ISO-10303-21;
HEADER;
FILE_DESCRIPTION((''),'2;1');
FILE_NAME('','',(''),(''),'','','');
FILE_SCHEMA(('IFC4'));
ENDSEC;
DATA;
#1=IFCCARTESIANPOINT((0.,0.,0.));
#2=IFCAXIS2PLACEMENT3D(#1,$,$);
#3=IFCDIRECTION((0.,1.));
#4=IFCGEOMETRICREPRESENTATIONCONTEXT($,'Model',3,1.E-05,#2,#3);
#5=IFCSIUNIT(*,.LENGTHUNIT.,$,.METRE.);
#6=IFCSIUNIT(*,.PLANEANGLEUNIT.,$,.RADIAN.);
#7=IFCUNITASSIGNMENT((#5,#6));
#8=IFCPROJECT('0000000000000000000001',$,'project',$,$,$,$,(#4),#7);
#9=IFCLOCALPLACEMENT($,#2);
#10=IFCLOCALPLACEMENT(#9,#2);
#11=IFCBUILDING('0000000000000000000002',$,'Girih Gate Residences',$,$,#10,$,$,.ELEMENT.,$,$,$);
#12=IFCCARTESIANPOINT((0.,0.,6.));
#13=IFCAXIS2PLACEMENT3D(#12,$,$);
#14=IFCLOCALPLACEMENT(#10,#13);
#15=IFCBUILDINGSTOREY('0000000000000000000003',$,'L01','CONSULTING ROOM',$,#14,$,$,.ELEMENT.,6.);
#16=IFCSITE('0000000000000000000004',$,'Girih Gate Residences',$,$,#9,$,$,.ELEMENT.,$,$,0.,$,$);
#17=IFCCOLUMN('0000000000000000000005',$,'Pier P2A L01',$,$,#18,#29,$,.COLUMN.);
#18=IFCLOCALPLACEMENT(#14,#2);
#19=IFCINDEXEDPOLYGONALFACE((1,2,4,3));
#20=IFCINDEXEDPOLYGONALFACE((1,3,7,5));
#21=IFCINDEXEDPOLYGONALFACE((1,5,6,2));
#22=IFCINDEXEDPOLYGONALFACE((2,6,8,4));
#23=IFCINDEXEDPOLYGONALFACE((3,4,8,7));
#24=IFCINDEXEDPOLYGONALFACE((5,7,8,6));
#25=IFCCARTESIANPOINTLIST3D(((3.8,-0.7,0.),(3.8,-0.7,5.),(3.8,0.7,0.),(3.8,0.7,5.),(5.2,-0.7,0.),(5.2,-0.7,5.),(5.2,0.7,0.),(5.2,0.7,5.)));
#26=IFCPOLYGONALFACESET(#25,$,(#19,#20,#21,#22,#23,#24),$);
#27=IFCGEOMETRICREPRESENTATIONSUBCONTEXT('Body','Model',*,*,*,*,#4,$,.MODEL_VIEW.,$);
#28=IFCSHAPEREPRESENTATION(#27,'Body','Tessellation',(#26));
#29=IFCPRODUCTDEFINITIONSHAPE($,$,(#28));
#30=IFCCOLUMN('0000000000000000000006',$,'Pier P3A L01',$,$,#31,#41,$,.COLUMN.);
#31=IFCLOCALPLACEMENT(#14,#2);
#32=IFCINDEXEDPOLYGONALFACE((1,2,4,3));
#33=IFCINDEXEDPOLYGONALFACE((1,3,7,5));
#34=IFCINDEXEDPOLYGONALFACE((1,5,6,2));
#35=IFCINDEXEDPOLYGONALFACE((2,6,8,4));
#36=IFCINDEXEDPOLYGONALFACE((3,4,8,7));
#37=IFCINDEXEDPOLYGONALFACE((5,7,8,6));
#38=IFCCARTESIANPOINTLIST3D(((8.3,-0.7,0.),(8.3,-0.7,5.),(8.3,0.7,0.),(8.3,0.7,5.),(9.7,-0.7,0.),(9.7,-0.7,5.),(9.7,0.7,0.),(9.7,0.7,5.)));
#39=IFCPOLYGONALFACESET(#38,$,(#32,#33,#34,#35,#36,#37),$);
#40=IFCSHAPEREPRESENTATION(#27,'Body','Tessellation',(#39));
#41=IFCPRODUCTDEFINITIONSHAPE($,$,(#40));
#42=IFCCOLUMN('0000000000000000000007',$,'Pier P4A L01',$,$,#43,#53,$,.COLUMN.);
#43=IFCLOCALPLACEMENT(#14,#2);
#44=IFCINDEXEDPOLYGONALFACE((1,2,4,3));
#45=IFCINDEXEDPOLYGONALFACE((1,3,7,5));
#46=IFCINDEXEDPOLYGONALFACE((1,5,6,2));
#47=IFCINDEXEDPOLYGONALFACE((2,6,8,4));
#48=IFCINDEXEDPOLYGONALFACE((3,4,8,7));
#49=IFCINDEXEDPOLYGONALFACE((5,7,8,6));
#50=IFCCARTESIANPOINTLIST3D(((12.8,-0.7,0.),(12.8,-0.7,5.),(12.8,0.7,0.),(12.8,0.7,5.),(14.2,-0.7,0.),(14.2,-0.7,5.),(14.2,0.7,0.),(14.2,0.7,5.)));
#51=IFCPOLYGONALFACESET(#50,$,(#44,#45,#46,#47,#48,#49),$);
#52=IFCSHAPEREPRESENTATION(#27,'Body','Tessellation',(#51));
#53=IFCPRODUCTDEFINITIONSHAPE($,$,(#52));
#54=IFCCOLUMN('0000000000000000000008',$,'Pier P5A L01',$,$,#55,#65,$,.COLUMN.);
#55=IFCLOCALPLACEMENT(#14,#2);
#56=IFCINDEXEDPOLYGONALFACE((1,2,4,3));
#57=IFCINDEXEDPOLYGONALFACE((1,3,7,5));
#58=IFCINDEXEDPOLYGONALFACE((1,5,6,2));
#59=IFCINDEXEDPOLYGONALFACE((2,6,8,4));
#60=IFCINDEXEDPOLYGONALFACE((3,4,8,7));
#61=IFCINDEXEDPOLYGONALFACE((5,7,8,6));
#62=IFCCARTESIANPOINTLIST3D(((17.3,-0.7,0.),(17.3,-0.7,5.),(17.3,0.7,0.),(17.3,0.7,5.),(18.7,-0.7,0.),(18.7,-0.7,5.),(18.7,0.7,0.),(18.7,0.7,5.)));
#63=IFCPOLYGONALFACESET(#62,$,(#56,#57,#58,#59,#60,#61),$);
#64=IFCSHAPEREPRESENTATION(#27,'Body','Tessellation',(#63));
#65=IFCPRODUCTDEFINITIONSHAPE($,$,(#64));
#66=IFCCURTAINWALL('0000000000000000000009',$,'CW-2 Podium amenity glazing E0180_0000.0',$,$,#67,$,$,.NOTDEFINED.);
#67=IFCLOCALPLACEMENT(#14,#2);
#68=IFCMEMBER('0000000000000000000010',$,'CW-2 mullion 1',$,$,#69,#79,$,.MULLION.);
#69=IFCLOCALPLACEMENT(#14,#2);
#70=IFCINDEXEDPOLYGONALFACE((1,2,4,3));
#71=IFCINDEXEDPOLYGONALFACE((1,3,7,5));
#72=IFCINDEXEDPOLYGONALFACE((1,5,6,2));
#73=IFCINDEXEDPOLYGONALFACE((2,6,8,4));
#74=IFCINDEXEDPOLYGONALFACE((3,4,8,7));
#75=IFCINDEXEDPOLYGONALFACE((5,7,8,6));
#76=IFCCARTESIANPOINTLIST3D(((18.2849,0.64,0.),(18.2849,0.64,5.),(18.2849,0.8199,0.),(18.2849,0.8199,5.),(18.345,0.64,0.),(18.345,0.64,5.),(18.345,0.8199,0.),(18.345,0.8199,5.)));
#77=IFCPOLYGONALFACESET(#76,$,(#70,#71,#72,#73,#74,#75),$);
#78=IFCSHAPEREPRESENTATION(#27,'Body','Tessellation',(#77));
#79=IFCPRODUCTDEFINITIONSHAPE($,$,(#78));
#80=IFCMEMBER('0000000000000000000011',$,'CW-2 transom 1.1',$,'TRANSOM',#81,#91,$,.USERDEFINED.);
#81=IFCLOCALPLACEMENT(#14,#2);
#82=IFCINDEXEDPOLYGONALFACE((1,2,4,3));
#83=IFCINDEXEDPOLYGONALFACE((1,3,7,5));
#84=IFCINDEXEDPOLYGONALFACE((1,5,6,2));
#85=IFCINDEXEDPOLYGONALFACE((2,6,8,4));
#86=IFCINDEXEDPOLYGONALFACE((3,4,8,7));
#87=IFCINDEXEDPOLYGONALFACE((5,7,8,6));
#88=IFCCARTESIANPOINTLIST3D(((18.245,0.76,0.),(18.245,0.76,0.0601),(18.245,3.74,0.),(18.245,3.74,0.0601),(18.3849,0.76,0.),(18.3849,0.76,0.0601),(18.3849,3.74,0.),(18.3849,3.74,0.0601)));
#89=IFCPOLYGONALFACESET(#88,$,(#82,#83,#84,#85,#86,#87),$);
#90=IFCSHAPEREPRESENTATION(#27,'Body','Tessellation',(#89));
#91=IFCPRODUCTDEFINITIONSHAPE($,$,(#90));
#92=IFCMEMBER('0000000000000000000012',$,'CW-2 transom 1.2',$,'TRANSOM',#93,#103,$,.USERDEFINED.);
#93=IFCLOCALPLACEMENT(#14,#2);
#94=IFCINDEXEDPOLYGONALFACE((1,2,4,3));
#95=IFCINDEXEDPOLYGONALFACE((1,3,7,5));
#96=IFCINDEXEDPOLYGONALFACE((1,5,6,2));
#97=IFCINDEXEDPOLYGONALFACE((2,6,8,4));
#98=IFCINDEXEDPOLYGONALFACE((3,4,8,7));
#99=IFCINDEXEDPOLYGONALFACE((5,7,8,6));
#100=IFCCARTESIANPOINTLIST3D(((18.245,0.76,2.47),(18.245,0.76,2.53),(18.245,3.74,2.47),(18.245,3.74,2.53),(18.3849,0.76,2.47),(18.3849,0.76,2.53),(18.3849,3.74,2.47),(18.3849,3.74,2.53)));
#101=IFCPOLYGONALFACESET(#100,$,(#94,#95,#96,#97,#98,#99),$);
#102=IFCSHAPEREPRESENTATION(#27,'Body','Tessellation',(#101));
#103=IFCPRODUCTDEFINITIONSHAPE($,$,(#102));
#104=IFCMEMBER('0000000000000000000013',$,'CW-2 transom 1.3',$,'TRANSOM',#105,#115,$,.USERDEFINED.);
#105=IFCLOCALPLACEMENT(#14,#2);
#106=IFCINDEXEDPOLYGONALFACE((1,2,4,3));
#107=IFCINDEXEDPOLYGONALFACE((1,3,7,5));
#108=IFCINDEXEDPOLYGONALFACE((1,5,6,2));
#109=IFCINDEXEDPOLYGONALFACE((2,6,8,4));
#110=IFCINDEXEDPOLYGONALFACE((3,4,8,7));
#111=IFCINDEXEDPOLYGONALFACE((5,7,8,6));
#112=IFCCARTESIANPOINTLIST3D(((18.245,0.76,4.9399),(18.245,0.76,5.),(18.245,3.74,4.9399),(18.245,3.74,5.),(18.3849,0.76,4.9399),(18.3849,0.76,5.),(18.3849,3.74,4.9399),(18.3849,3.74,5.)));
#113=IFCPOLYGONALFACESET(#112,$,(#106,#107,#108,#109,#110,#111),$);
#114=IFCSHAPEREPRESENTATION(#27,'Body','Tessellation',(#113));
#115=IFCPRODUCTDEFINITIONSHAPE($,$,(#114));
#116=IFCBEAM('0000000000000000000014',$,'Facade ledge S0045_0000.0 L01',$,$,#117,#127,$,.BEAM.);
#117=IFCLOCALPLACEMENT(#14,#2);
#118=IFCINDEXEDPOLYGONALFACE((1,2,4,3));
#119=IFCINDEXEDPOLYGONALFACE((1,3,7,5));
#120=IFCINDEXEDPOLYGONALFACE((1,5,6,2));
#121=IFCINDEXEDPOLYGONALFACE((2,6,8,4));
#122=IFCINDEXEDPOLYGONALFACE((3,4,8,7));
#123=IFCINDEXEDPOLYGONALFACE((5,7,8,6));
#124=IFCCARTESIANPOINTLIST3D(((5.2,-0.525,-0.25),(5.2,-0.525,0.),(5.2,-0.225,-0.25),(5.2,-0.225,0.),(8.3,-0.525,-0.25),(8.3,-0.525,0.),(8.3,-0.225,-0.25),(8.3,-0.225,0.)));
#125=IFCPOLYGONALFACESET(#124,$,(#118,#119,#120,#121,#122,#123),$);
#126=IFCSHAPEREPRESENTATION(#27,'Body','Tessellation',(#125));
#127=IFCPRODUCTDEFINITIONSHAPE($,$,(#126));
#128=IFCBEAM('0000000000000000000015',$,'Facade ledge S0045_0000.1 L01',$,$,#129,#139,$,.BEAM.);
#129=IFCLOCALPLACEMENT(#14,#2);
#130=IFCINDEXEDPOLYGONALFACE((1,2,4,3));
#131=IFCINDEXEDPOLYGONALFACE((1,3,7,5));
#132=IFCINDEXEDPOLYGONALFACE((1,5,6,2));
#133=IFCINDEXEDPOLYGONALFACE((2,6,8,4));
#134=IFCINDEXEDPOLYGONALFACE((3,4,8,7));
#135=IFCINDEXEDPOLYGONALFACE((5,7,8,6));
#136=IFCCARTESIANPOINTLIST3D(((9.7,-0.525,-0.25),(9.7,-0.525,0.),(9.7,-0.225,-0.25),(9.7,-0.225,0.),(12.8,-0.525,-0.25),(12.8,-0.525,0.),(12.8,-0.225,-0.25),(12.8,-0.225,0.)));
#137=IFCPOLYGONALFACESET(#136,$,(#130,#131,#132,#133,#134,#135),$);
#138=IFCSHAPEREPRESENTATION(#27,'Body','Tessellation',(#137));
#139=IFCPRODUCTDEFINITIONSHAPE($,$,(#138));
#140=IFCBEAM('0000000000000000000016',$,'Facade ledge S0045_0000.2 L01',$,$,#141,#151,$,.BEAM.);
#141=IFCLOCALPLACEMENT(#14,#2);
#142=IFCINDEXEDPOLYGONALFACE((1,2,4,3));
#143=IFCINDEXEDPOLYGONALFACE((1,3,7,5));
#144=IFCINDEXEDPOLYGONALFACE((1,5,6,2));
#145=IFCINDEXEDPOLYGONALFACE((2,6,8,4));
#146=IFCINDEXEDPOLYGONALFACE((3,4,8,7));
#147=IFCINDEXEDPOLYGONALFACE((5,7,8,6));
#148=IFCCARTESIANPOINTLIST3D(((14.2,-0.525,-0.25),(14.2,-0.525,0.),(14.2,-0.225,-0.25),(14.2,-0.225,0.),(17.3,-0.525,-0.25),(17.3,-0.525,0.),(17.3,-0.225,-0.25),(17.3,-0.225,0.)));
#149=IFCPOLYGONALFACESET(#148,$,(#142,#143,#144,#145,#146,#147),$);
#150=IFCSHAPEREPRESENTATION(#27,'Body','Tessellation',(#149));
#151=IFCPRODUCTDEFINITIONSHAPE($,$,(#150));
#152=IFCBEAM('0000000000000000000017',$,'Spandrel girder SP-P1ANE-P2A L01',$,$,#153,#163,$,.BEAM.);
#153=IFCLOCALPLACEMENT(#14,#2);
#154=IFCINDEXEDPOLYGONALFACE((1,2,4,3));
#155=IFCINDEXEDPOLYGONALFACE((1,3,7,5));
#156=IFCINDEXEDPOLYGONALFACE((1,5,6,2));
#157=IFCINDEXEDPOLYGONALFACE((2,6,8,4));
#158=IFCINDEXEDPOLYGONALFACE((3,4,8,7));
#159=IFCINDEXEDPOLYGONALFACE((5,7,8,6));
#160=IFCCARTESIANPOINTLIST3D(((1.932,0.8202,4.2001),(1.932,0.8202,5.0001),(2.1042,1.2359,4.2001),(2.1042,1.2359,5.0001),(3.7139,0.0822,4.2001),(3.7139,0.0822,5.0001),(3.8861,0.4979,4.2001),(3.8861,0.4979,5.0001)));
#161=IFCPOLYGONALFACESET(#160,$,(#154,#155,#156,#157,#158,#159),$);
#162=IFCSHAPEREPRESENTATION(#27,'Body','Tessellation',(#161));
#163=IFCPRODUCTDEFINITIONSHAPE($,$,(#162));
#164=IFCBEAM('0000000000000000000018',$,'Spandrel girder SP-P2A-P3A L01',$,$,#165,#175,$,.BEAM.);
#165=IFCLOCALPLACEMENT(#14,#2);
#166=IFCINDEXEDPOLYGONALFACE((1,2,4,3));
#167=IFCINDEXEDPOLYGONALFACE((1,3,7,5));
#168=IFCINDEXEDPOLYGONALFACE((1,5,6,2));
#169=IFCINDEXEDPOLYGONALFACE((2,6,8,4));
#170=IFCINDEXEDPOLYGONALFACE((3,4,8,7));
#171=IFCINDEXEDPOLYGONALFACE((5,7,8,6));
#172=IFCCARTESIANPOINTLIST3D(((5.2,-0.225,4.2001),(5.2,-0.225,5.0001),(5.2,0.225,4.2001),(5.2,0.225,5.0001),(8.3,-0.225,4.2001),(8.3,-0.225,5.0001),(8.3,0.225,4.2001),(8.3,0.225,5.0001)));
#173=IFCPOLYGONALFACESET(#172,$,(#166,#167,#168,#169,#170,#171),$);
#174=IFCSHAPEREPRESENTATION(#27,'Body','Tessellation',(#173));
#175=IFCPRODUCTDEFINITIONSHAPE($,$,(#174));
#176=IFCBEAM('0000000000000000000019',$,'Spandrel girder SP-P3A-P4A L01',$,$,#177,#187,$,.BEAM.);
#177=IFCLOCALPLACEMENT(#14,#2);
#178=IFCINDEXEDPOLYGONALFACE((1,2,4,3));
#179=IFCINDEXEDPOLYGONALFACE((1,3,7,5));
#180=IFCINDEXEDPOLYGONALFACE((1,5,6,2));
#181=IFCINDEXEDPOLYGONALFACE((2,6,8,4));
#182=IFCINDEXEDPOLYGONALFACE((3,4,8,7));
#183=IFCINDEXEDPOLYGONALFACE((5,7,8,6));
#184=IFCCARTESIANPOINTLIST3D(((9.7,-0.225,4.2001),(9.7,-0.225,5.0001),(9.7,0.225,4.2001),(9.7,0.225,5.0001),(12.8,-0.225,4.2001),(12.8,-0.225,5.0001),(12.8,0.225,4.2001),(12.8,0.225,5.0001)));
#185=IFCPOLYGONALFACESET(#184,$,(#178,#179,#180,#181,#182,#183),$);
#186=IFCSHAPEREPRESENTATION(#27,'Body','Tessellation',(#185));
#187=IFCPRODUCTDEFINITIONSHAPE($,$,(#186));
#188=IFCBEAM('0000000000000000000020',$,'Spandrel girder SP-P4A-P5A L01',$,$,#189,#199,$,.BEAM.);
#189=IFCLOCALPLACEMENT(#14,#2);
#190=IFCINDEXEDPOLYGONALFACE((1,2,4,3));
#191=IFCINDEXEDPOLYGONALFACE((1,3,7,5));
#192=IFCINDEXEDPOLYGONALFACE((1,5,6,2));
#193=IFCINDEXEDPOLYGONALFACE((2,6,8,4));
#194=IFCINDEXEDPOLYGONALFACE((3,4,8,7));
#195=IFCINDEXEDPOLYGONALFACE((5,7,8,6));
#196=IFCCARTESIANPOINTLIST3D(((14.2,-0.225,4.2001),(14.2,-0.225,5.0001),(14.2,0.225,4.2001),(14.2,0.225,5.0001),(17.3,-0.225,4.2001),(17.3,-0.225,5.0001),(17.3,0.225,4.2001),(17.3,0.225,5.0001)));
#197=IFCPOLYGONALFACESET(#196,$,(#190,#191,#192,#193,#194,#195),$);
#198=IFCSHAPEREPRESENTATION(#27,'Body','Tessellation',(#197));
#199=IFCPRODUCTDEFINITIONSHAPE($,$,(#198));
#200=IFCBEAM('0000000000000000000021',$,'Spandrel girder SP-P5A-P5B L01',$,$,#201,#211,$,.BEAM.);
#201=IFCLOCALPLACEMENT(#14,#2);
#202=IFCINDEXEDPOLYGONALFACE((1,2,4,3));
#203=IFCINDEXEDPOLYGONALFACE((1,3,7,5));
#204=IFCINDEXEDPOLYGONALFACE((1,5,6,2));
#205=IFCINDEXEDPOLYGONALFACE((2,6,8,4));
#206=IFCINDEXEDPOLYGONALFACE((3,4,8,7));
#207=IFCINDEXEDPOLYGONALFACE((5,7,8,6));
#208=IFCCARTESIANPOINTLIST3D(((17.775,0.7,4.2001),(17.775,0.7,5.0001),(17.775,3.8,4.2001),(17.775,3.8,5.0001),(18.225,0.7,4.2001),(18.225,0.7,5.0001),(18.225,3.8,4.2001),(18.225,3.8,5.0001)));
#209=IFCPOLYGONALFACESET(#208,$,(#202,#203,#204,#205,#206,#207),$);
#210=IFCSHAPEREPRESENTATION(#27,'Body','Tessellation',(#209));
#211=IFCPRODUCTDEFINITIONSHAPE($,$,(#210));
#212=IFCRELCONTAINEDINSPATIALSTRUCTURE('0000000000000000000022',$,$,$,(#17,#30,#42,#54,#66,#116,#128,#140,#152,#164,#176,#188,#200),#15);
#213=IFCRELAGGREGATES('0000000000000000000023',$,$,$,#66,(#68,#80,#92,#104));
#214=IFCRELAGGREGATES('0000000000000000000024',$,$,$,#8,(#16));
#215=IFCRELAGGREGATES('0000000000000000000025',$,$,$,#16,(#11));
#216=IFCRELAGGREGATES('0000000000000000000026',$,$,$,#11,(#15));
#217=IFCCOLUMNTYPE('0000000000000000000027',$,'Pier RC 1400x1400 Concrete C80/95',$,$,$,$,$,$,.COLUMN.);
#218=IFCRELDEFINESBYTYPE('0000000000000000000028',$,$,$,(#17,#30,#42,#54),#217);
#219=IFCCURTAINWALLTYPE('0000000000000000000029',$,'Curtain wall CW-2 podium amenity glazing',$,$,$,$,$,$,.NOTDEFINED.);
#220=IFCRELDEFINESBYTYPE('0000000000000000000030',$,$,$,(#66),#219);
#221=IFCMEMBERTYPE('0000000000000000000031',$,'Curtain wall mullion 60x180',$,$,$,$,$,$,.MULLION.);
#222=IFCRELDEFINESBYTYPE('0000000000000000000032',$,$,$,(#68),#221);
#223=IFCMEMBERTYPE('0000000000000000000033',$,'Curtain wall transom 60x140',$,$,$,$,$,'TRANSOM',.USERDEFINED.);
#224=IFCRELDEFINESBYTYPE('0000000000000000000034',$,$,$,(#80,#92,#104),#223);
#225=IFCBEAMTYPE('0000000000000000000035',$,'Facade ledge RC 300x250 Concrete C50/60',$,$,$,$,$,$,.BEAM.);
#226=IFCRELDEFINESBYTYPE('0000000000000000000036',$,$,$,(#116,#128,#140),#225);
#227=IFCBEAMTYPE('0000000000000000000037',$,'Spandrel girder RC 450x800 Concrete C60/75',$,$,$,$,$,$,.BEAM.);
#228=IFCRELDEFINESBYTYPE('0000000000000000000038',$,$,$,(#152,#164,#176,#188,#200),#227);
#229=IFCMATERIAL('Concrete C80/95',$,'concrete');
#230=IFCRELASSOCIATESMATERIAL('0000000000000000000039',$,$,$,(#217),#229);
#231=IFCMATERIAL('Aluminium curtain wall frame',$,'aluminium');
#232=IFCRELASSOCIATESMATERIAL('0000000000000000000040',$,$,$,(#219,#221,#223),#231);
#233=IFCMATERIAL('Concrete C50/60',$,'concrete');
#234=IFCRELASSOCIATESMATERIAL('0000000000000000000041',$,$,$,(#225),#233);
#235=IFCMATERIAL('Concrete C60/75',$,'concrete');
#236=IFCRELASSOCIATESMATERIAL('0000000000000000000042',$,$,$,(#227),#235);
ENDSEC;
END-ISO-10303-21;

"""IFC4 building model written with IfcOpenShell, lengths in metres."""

from ifc_helpers import new_model, si_unit, direction, frame, origin, origin_2d, place, context, subcontext, project, spatial, rectangle, extrude, material, material_profile, profile_set, type_object, element, aggregate, save


model = new_model("IFC4")

# Units and contexts
model_context = context("Model", 3, precision=1e-05, world=origin(), true_north=direction((0.0, 1.0)))
body_context = subcontext(model_context, "Body", "Model", "MODEL_VIEW")
ifc_project = project(units=[si_unit("LENGTHUNIT", "METRE"), si_unit("PLANEANGLEUNIT", "RADIAN")], contexts=[model_context])

# Site, building, storey
site_placement = place(None, origin())
site = spatial("IfcSite", under=ifc_project, at=site_placement, Name="Girih Gate Residences", CompositionType="ELEMENT", RefElevation=0.0)
building_placement = place(site_placement, origin())
building = spatial("IfcBuilding", under=site, at=building_placement, Name="Girih Gate Residences", CompositionType="ELEMENT")
storey_placement = place(building_placement, frame((0.0, 0.0, 6.0)))
storey = spatial("IfcBuildingStorey", under=building, at=storey_placement, Name="L01", Description="CONSULTING ROOM", CompositionType="ELEMENT", Elevation=6.0)

# Columns
ifc_material_1 = material(Name="Concrete C80/95", Category="concrete")
ifc_material_profile_1 = material_profile(ifc_material_1, rectangle(XDim=1.3999, YDim=1.3999, at=origin_2d()))
ifc_profile_set_1 = profile_set([ifc_material_profile_1], Name="Concrete C80/95")
column_type = type_object("IfcColumnType", Name="Pier RC 1400x1400 Concrete C80/95", PredefinedType="COLUMN", material=ifc_profile_set_1)
for number, where, z_axis, x_axis, name in (
    (1, (4.5, 0.0, 0.0), (0.0, 0.0, 1.0), (1.0, 0.0, 0.0), "Pier P2A L01"),
    (2, (9.0, 0.0, 0.0), (0.0, 0.0, 1.0), (1.0, 0.0, 0.0), "Pier P3A L01"),
    (3, (13.5, 0.0, 0.0), (0.0, 0.0, 1.0), (1.0, 0.0, 0.0), "Pier P4A L01"),
    (4, (18.0, 0.0, 0.0), (0.0, 0.0, 1.0), (1.0, 0.0, 0.0), "Pier P5A L01"),
):
    element("IfcColumn", number, at=place(storey_placement, frame(where, z_axis=z_axis, x_axis=x_axis)), inside=storey, type_object=column_type, Name=name, PredefinedType="COLUMN", context=body_context, shape_type="SweptSolid", body=[
        extrude(rectangle(XDim=1.3999, YDim=1.3999, at=origin_2d()), origin(), (0.0, 0.0, 1.0), 5.0),
    ])

# Curtain wall, members
ifc_material_2 = material(Name="Aluminium curtain wall frame", Category="aluminium")
curtain_wall_type = type_object("IfcCurtainWallType", Name="Curtain wall CW-2 podium amenity glazing", PredefinedType="NOTDEFINED", material=ifc_material_2)
curtain_wall_placement = place(storey_placement, origin())
curtain_wall = element("IfcCurtainWall", 5, at=curtain_wall_placement, inside=storey, type_object=curtain_wall_type, Name="CW-2 Podium amenity glazing E0180_0000.0", PredefinedType="NOTDEFINED")
ifc_material_profile_2 = material_profile(ifc_material_2, rectangle(XDim=0.0601, YDim=0.1799, at=origin_2d()))
ifc_profile_set_2 = profile_set([ifc_material_profile_2], Name="Aluminium curtain wall frame")
member_type_1 = type_object("IfcMemberType", Name="Curtain wall mullion 60x180", PredefinedType="MULLION", material=ifc_profile_set_2)
member_1_placement = place(storey_placement, frame((18.3149, 0.73, 0.0), z_axis=(0.0, 0.0, 1.0), x_axis=(-1.0, 0.0, 0.0)))
member_1 = element("IfcMember", 6, at=member_1_placement, type_object=member_type_1, Name="CW-2 mullion 1", PredefinedType="MULLION", context=body_context, shape_type="SweptSolid", body=[
    extrude(rectangle(XDim=0.0601, YDim=0.1799, at=origin_2d()), origin(), (0.0, 0.0, 1.0), 5.0),
])
ifc_material_profile_3 = material_profile(ifc_material_2, rectangle(XDim=0.1399, YDim=0.0601, at=origin_2d()))
ifc_profile_set_3 = profile_set([ifc_material_profile_3], Name="Aluminium curtain wall frame")
member_type_2 = type_object("IfcMemberType", Name="Curtain wall transom 60x140", ElementType="TRANSOM", PredefinedType="USERDEFINED", material=ifc_profile_set_3)
member_2_placement = place(storey_placement, frame((18.3149, 0.76, 0.03), z_axis=(0.0, 1.0, 0.0), x_axis=(-1.0, 0.0, 0.0)))
member_2 = element("IfcMember", 7, at=member_2_placement, type_object=member_type_2, Name="CW-2 transom 1.1", ObjectType="TRANSOM", PredefinedType="USERDEFINED", context=body_context, shape_type="SweptSolid", body=[
    extrude(rectangle(XDim=0.1399, YDim=0.0601, at=origin_2d()), origin(), (0.0, 0.0, 1.0), 2.98),
])
member_3_placement = place(storey_placement, frame((18.3149, 0.76, 2.5), z_axis=(0.0, 1.0, 0.0), x_axis=(-1.0, 0.0, 0.0)))
member_3 = element("IfcMember", 8, at=member_3_placement, type_object=member_type_2, Name="CW-2 transom 1.2", ObjectType="TRANSOM", PredefinedType="USERDEFINED", context=body_context, shape_type="SweptSolid", body=[
    extrude(rectangle(XDim=0.1399, YDim=0.0601, at=origin_2d()), origin(), (0.0, 0.0, 1.0), 2.98),
])
member_4_placement = place(storey_placement, frame((18.3149, 0.76, 4.97), z_axis=(0.0, 1.0, 0.0), x_axis=(-1.0, 0.0, 0.0)))
member_4 = element("IfcMember", 9, at=member_4_placement, type_object=member_type_2, Name="CW-2 transom 1.3", ObjectType="TRANSOM", PredefinedType="USERDEFINED", context=body_context, shape_type="SweptSolid", body=[
    extrude(rectangle(XDim=0.1399, YDim=0.0601, at=origin_2d()), origin(), (0.0, 0.0, 1.0), 2.98),
])
aggregate(curtain_wall, [member_1, member_2, member_3, member_4])

# Beams
ifc_material_3 = material(Name="Concrete C50/60", Category="concrete")
ifc_material_profile_4 = material_profile(ifc_material_3, rectangle(XDim=0.3, YDim=0.25, at=origin_2d()))
ifc_profile_set_4 = profile_set([ifc_material_profile_4], Name="Concrete C50/60")
beam_type_1 = type_object("IfcBeamType", Name="Facade ledge RC 300x250 Concrete C50/60", PredefinedType="BEAM", material=ifc_profile_set_4)
for number, where, z_axis, x_axis, name in (
    (10, (5.2, -0.375, -0.125), (1.0, 0.0, 0.0), (0.0, 1.0, 0.0), "Facade ledge S0045_0000.0 L01"),
    (11, (9.7, -0.375, -0.125), (1.0, 0.0, 0.0), (0.0, 1.0, 0.0), "Facade ledge S0045_0000.1 L01"),
    (12, (14.2, -0.375, -0.125), (1.0, 0.0, 0.0), (0.0, 1.0, 0.0), "Facade ledge S0045_0000.2 L01"),
):
    element("IfcBeam", number, at=place(storey_placement, frame(where, z_axis=z_axis, x_axis=x_axis)), inside=storey, type_object=beam_type_1, Name=name, PredefinedType="BEAM", context=body_context, shape_type="SweptSolid", body=[
        extrude(rectangle(XDim=0.3, YDim=0.25, at=origin_2d()), origin(), (0.0, 0.0, 1.0), 3.1001),
    ])
ifc_material_4 = material(Name="Concrete C60/75", Category="concrete")
ifc_material_profile_5 = material_profile(ifc_material_4, rectangle(XDim=0.45, YDim=0.8, at=origin_2d()))
ifc_profile_set_5 = profile_set([ifc_material_profile_5], Name="Concrete C60/75")
beam_type_2 = type_object("IfcBeamType", Name="Spandrel girder RC 450x800 Concrete C60/75", PredefinedType="BEAM", material=ifc_profile_set_5)
beam_placement = place(storey_placement, frame((2.0181, 1.0281, 4.6001), z_axis=(0.923895, -0.382646, 0.0), x_axis=(0.382646, 0.923895, 0.0)))
element("IfcBeam", 13, at=beam_placement, inside=storey, type_object=beam_type_2, Name="Spandrel girder SP-P1ANE-P2A L01", PredefinedType="BEAM", context=body_context, shape_type="SweptSolid", body=[
    extrude(rectangle(XDim=0.45, YDim=0.8, at=origin_2d()), origin(), (0.0, 0.0, 1.0), 1.9287),
])
for number, where, z_axis, x_axis, name in (
    (14, (5.2, 0.0, 4.6001), (1.0, 0.0, 0.0), (0.0, 1.0, 0.0), "Spandrel girder SP-P2A-P3A L01"),
    (15, (9.7, 0.0, 4.6001), (1.0, 0.0, 0.0), (0.0, 1.0, 0.0), "Spandrel girder SP-P3A-P4A L01"),
    (16, (14.2, 0.0, 4.6001), (1.0, 0.0, 0.0), (0.0, 1.0, 0.0), "Spandrel girder SP-P4A-P5A L01"),
    (17, (18.0, 0.7, 4.6001), (0.0, 1.0, 0.0), (-1.0, 0.0, 0.0), "Spandrel girder SP-P5A-P5B L01"),
):
    element("IfcBeam", number, at=place(storey_placement, frame(where, z_axis=z_axis, x_axis=x_axis)), inside=storey, type_object=beam_type_2, Name=name, PredefinedType="BEAM", context=body_context, shape_type="SweptSolid", body=[
        extrude(rectangle(XDim=0.45, YDim=0.8, at=origin_2d()), origin(), (0.0, 0.0, 1.0), 3.1001),
    ])

save(model, "model.ifc")
